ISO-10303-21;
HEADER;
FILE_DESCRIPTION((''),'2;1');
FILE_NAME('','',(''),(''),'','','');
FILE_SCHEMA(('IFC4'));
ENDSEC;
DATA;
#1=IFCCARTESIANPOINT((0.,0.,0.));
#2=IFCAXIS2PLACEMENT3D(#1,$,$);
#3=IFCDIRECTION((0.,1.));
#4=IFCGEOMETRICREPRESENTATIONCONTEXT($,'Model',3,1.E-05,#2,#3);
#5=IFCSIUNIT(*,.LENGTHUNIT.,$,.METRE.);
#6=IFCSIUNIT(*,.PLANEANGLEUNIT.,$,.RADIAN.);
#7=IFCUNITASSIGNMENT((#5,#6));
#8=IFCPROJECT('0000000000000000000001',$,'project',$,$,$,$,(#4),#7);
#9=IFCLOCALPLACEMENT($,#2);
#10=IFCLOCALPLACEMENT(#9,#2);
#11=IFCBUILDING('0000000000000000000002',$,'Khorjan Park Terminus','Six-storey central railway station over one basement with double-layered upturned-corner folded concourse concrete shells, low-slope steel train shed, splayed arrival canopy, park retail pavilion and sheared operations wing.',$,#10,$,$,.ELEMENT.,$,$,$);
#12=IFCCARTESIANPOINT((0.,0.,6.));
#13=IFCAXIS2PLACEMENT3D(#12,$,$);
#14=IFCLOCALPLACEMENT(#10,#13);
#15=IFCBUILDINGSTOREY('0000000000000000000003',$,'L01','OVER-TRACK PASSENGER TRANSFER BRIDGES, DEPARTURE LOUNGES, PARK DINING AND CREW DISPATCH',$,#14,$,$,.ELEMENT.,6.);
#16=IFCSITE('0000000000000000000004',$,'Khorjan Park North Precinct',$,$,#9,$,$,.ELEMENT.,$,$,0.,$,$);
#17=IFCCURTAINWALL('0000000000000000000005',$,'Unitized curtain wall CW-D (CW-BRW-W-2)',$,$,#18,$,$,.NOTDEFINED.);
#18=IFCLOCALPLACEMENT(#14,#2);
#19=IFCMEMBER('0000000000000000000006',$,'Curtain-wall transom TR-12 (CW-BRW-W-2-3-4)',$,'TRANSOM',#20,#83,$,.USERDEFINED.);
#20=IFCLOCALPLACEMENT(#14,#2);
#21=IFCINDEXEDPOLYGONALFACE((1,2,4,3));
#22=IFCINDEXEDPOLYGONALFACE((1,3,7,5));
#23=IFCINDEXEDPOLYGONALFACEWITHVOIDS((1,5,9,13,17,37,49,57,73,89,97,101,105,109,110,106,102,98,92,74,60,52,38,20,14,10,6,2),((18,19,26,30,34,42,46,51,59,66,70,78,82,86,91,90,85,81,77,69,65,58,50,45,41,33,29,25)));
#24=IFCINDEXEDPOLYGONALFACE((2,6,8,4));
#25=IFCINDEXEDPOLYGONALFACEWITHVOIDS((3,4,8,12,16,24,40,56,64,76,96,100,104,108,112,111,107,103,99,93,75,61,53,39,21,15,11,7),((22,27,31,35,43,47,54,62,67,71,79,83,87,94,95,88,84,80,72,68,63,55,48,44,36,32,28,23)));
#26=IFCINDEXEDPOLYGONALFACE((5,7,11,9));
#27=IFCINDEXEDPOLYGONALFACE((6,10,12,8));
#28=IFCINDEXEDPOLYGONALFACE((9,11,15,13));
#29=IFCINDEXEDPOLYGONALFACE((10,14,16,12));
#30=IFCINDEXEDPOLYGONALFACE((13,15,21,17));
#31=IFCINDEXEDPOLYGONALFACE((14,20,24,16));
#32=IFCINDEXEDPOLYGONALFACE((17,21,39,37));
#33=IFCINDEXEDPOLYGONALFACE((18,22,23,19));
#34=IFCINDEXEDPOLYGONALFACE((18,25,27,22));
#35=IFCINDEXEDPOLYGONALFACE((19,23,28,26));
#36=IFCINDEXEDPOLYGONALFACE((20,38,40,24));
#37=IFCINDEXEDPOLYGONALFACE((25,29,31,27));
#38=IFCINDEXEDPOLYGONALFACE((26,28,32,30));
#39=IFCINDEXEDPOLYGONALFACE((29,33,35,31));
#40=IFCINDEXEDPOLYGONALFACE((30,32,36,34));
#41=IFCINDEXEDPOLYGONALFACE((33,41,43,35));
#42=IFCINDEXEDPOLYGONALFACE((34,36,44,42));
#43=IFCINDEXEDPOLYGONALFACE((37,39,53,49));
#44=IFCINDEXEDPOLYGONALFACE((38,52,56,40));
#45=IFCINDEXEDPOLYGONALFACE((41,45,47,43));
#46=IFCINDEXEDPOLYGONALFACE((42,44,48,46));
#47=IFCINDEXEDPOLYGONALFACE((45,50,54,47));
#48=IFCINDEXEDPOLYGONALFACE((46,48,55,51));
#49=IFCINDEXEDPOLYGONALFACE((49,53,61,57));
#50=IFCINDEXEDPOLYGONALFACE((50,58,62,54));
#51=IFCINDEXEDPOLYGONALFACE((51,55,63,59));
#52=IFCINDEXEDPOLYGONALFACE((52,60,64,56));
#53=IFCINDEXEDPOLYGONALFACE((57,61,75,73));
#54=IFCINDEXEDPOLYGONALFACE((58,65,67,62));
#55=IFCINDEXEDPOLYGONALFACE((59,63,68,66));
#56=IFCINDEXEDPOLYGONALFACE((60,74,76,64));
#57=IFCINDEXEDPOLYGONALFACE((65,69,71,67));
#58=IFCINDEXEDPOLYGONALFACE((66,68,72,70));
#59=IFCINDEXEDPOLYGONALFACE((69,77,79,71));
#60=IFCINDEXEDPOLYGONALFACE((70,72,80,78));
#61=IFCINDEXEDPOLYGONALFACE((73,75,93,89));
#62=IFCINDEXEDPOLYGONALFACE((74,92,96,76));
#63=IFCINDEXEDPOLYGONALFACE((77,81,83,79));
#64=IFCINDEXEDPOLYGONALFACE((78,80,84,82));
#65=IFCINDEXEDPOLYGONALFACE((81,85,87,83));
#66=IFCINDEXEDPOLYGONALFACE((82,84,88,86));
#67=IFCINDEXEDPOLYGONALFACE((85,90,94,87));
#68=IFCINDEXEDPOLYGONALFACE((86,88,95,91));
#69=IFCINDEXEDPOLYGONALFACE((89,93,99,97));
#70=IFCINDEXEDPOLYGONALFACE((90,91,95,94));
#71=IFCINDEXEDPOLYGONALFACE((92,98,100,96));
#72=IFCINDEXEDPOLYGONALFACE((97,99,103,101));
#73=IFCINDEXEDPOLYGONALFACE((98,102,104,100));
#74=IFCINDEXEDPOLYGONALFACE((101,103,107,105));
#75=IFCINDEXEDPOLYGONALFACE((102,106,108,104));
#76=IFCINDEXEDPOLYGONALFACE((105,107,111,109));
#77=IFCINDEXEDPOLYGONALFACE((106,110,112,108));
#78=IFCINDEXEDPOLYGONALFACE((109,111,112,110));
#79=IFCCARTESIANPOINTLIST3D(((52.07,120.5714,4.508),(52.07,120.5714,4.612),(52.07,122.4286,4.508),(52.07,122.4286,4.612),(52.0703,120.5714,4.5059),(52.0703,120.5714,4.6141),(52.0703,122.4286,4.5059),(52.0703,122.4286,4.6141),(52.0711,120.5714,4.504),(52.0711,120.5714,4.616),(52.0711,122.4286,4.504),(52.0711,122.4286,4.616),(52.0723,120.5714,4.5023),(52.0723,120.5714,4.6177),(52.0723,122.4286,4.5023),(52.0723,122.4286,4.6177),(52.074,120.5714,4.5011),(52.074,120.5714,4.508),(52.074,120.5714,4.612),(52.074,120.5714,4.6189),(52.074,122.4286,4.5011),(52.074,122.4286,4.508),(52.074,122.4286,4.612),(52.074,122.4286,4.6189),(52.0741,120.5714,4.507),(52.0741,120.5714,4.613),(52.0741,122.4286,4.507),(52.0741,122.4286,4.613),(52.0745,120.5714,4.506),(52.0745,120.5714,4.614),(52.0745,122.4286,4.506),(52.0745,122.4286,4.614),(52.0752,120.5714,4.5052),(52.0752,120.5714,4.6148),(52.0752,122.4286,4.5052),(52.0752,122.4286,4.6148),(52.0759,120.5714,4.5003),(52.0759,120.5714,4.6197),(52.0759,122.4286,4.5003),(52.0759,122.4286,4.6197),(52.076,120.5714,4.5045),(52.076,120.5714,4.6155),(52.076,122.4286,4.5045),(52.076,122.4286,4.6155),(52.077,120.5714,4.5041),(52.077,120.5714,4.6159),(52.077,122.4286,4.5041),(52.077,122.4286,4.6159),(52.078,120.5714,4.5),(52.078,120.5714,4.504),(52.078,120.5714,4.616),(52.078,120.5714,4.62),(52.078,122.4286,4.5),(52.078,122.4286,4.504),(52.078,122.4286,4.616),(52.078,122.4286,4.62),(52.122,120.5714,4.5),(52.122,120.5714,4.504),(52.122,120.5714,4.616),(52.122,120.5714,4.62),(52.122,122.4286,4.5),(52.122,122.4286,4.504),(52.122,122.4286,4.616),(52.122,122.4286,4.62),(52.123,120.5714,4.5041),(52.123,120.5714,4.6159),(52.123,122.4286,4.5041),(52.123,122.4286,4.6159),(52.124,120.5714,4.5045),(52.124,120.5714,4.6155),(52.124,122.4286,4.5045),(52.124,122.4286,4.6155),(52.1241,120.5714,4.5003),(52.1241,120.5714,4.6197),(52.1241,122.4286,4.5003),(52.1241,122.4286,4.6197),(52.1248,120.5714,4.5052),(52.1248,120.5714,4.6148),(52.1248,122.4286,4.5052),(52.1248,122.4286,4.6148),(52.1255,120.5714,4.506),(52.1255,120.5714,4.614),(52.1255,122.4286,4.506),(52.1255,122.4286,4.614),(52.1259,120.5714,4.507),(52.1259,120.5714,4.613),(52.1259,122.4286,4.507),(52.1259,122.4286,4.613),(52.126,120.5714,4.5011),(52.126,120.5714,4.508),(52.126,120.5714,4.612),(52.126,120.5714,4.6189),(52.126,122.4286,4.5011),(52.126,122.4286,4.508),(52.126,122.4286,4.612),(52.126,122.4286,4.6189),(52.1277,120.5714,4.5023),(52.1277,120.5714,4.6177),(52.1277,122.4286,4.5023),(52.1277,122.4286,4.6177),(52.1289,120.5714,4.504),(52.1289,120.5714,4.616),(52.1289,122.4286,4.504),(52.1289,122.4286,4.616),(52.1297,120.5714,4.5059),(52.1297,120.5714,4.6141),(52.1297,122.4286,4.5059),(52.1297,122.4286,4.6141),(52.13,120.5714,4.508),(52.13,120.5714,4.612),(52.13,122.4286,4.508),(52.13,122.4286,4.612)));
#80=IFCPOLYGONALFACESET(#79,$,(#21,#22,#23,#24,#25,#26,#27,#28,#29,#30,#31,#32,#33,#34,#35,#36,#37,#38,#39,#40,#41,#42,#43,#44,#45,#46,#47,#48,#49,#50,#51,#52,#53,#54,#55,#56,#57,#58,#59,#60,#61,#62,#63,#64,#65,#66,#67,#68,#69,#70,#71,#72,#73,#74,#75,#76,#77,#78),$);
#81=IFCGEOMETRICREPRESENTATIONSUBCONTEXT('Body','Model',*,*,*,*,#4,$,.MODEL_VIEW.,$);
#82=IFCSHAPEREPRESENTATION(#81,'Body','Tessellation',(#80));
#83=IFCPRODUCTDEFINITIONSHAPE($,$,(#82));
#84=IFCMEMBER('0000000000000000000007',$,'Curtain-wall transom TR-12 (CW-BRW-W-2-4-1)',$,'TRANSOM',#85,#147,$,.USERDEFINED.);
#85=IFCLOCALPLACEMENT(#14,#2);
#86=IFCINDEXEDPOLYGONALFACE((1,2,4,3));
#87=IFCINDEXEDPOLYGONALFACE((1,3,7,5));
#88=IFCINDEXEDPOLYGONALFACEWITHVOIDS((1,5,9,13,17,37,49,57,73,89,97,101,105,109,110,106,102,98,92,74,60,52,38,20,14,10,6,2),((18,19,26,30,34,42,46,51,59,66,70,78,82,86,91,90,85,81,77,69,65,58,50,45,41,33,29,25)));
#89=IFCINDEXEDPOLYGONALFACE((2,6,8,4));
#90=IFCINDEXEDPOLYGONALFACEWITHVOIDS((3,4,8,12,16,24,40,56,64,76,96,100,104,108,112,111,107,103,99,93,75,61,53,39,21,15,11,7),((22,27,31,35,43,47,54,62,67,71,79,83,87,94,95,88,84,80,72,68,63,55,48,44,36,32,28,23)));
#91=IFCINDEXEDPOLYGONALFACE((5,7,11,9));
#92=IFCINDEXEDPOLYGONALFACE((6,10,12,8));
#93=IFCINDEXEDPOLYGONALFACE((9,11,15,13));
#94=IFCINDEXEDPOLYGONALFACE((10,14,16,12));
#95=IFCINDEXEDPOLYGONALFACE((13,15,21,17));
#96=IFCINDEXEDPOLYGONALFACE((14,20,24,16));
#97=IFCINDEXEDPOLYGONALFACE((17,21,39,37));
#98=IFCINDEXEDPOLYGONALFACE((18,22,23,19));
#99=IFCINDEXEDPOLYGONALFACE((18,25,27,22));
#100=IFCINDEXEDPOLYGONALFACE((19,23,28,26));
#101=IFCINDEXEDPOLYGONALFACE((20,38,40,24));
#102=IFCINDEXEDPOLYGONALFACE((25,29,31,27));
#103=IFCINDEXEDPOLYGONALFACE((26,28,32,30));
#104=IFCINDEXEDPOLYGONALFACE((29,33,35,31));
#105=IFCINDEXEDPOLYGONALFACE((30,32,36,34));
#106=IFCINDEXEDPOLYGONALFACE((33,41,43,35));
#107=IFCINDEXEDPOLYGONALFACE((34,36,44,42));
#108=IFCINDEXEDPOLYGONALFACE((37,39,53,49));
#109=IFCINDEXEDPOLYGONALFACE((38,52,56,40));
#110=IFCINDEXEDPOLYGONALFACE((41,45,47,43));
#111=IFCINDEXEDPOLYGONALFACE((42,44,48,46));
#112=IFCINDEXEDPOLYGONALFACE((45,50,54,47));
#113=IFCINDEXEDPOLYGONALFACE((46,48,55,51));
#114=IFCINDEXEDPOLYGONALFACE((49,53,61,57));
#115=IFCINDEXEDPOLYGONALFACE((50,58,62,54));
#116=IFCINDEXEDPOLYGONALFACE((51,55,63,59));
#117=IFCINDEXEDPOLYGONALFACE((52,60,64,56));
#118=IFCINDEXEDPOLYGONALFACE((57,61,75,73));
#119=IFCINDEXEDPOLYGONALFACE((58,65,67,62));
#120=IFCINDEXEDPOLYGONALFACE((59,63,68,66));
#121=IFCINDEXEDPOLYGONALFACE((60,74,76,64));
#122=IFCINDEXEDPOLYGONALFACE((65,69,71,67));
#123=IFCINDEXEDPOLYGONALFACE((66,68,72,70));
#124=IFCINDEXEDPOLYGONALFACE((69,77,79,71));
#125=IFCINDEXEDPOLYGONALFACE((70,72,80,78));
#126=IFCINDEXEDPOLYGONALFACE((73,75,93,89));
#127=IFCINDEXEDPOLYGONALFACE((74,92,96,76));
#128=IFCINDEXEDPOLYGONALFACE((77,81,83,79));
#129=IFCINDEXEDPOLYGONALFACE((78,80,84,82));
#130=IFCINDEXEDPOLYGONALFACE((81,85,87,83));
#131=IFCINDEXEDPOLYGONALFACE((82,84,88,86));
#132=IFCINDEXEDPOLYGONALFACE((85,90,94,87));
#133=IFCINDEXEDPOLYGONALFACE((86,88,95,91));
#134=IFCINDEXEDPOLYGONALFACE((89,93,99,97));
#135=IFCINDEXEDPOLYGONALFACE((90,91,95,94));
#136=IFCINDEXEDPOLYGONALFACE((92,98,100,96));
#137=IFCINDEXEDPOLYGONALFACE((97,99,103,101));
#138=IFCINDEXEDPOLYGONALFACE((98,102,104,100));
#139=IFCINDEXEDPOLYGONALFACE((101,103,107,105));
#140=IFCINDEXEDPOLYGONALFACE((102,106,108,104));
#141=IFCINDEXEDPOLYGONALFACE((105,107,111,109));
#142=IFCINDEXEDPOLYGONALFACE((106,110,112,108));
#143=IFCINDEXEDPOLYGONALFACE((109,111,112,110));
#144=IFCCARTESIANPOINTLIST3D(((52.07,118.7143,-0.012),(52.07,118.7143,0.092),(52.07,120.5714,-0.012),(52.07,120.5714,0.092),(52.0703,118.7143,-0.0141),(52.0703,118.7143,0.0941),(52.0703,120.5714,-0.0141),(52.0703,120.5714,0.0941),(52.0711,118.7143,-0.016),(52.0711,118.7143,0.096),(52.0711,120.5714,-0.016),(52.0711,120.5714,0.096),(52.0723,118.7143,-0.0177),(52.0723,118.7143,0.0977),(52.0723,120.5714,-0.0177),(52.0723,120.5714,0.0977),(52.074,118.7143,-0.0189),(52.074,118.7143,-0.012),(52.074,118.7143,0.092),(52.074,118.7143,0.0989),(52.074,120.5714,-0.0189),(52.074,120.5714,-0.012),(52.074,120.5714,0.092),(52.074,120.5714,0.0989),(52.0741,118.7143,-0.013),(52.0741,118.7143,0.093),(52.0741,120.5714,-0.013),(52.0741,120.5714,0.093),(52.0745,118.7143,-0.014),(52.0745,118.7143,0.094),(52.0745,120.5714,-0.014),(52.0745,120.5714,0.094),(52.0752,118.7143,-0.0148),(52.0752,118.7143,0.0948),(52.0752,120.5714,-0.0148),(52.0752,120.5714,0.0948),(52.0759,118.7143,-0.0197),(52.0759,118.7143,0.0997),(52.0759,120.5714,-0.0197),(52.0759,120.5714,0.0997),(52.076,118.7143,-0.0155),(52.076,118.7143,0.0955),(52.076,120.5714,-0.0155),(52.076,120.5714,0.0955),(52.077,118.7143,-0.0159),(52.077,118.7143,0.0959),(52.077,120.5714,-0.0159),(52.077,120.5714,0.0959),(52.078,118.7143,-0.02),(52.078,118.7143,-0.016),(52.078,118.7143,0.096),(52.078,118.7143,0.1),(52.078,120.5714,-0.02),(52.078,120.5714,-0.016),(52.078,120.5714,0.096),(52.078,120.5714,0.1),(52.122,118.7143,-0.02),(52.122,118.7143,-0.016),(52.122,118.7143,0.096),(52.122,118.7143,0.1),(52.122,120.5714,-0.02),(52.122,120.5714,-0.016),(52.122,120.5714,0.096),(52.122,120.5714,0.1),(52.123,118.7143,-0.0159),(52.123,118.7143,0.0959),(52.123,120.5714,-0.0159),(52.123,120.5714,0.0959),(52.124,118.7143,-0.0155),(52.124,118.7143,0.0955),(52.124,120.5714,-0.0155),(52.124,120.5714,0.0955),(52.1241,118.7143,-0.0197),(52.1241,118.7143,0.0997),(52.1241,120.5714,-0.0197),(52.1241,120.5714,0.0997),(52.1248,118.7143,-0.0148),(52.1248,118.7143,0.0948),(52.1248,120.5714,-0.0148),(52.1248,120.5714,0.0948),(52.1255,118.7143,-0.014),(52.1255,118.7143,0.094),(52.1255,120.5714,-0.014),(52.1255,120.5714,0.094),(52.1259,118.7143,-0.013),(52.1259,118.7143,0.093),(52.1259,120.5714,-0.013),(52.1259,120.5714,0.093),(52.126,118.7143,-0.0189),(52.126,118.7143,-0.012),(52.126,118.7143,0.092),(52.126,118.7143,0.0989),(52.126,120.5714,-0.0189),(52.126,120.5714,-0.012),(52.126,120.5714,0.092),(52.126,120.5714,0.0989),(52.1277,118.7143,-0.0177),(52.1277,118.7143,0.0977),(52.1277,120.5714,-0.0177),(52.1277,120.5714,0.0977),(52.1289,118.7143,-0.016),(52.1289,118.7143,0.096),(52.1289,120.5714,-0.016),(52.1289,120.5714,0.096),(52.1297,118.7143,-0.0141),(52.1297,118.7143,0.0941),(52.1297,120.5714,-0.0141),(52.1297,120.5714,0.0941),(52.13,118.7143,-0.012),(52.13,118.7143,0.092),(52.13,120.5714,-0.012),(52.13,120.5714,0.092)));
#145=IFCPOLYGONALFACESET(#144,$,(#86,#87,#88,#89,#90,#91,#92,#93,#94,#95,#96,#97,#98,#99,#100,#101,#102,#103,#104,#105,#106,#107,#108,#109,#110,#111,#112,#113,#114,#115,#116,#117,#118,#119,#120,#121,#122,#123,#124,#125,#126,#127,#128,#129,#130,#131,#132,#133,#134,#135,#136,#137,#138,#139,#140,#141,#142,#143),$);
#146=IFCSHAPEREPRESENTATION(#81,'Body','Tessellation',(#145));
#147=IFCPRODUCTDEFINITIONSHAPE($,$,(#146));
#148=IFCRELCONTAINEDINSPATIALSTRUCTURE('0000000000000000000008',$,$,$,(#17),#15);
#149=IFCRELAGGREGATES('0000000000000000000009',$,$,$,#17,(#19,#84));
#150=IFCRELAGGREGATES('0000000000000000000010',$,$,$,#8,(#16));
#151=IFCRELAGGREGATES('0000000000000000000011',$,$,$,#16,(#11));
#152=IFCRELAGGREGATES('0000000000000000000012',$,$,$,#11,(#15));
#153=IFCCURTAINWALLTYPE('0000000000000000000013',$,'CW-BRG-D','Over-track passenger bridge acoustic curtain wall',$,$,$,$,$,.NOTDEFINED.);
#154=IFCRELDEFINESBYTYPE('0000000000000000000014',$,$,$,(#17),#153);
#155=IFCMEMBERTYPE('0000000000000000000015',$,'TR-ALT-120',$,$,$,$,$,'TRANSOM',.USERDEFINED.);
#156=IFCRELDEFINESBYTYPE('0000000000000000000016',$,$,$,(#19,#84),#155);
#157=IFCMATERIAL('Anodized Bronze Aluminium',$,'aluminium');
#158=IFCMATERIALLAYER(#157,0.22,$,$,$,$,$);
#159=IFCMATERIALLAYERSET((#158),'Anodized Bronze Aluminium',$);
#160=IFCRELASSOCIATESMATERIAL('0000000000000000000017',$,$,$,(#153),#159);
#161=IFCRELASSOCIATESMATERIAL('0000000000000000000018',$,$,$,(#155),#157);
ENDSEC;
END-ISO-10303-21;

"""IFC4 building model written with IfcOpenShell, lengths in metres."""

from ifc_helpers import new_model, si_unit, direction, frame, origin, origin_2d, place, context, subcontext, project, spatial, hollow_rectangle, extrude, material, layer, layer_set, material_profile, profile_set, type_object, element, aggregate, save


model = new_model("IFC4")

# Units and contexts
model_context = context("Model", 3, precision=1e-05, world=origin(), true_north=direction((0.0, 1.0)))
body_context = subcontext(model_context, "Body", "Model", "MODEL_VIEW")
ifc_project = project(units=[si_unit("LENGTHUNIT", "METRE"), si_unit("PLANEANGLEUNIT", "RADIAN")], contexts=[model_context])

# Site, building, storey
site_placement = place(None, origin())
site = spatial("IfcSite", under=ifc_project, at=site_placement, Name="Khorjan Park North Precinct", CompositionType="ELEMENT", RefElevation=0.0)
building_placement = place(site_placement, origin())
building = spatial("IfcBuilding", under=site, at=building_placement, Name="Khorjan Park Terminus", Description="Six-storey central railway station over one basement with double-layered upturned-corner folded concourse concrete shells, low-slope steel train shed, splayed arrival canopy, park retail pavilion and sheared operations wing.", CompositionType="ELEMENT")
storey_placement = place(building_placement, frame((0.0, 0.0, 6.0)))
storey = spatial("IfcBuildingStorey", under=building, at=storey_placement, Name="L01", Description="OVER-TRACK PASSENGER TRANSFER BRIDGES, DEPARTURE LOUNGES, PARK DINING AND CREW DISPATCH", CompositionType="ELEMENT", Elevation=6.0)

# Curtain wall, members
ifc_material_1 = material(Name="Anodized Bronze Aluminium", Category="aluminium")
ifc_layer_1 = layer(ifc_material_1, 0.22)
ifc_layer_set_1 = layer_set([ifc_layer_1], Name="Anodized Bronze Aluminium")
curtain_wall_type = type_object("IfcCurtainWallType", Name="CW-BRG-D", Description="Over-track passenger bridge acoustic curtain wall", PredefinedType="NOTDEFINED", material=ifc_layer_set_1)
curtain_wall_placement = place(storey_placement, origin())
curtain_wall = element("IfcCurtainWall", 1, at=curtain_wall_placement, inside=storey, type_object=curtain_wall_type, Name="Unitized curtain wall CW-D (CW-BRW-W-2)", PredefinedType="NOTDEFINED")
ifc_material_profile_1 = material_profile(ifc_material_1, hollow_rectangle(XDim=0.06, YDim=0.12, WallThickness=0.004, InnerFilletRadius=0.004, OuterFilletRadius=0.008, at=origin_2d()), Name="ALT 60x120x4")
ifc_profile_set_1 = profile_set([ifc_material_profile_1], Name="Anodized Bronze Aluminium")
member_type_1 = type_object("IfcMemberType", Name="TR-ALT-120", ElementType="TRANSOM", PredefinedType="USERDEFINED", material=ifc_profile_set_1)
member_1_placement = place(storey_placement, frame((52.1, 122.4286, 4.56), z_axis=(0.0, -1.0, 0.0), x_axis=(1.0, 0.0, 0.0)))
member_1 = element("IfcMember", 2, at=member_1_placement, type_object=member_type_1, Name="Curtain-wall transom TR-12 (CW-BRW-W-2-3-4)", ObjectType="TRANSOM", PredefinedType="USERDEFINED", context=body_context, shape_type="SweptSolid", body=[
    extrude(hollow_rectangle(XDim=0.06, YDim=0.12, WallThickness=0.004, InnerFilletRadius=0.004, OuterFilletRadius=0.008, at=origin_2d()), origin(), (0.0, 0.0, 1.0), 1.8572),
])
member_2_placement = place(storey_placement, frame((52.1, 120.5714, 0.04), z_axis=(0.0, -1.0, 0.0), x_axis=(1.0, 0.0, 0.0)))
member_2 = element("IfcMember", 3, at=member_2_placement, type_object=member_type_1, Name="Curtain-wall transom TR-12 (CW-BRW-W-2-4-1)", ObjectType="TRANSOM", PredefinedType="USERDEFINED", context=body_context, shape_type="SweptSolid", body=[
    extrude(hollow_rectangle(XDim=0.06, YDim=0.12, WallThickness=0.004, InnerFilletRadius=0.004, OuterFilletRadius=0.008, at=origin_2d()), origin(), (0.0, 0.0, 1.0), 1.8571),
])
aggregate(curtain_wall, [member_1, member_2])

save(model, "model.ifc")
